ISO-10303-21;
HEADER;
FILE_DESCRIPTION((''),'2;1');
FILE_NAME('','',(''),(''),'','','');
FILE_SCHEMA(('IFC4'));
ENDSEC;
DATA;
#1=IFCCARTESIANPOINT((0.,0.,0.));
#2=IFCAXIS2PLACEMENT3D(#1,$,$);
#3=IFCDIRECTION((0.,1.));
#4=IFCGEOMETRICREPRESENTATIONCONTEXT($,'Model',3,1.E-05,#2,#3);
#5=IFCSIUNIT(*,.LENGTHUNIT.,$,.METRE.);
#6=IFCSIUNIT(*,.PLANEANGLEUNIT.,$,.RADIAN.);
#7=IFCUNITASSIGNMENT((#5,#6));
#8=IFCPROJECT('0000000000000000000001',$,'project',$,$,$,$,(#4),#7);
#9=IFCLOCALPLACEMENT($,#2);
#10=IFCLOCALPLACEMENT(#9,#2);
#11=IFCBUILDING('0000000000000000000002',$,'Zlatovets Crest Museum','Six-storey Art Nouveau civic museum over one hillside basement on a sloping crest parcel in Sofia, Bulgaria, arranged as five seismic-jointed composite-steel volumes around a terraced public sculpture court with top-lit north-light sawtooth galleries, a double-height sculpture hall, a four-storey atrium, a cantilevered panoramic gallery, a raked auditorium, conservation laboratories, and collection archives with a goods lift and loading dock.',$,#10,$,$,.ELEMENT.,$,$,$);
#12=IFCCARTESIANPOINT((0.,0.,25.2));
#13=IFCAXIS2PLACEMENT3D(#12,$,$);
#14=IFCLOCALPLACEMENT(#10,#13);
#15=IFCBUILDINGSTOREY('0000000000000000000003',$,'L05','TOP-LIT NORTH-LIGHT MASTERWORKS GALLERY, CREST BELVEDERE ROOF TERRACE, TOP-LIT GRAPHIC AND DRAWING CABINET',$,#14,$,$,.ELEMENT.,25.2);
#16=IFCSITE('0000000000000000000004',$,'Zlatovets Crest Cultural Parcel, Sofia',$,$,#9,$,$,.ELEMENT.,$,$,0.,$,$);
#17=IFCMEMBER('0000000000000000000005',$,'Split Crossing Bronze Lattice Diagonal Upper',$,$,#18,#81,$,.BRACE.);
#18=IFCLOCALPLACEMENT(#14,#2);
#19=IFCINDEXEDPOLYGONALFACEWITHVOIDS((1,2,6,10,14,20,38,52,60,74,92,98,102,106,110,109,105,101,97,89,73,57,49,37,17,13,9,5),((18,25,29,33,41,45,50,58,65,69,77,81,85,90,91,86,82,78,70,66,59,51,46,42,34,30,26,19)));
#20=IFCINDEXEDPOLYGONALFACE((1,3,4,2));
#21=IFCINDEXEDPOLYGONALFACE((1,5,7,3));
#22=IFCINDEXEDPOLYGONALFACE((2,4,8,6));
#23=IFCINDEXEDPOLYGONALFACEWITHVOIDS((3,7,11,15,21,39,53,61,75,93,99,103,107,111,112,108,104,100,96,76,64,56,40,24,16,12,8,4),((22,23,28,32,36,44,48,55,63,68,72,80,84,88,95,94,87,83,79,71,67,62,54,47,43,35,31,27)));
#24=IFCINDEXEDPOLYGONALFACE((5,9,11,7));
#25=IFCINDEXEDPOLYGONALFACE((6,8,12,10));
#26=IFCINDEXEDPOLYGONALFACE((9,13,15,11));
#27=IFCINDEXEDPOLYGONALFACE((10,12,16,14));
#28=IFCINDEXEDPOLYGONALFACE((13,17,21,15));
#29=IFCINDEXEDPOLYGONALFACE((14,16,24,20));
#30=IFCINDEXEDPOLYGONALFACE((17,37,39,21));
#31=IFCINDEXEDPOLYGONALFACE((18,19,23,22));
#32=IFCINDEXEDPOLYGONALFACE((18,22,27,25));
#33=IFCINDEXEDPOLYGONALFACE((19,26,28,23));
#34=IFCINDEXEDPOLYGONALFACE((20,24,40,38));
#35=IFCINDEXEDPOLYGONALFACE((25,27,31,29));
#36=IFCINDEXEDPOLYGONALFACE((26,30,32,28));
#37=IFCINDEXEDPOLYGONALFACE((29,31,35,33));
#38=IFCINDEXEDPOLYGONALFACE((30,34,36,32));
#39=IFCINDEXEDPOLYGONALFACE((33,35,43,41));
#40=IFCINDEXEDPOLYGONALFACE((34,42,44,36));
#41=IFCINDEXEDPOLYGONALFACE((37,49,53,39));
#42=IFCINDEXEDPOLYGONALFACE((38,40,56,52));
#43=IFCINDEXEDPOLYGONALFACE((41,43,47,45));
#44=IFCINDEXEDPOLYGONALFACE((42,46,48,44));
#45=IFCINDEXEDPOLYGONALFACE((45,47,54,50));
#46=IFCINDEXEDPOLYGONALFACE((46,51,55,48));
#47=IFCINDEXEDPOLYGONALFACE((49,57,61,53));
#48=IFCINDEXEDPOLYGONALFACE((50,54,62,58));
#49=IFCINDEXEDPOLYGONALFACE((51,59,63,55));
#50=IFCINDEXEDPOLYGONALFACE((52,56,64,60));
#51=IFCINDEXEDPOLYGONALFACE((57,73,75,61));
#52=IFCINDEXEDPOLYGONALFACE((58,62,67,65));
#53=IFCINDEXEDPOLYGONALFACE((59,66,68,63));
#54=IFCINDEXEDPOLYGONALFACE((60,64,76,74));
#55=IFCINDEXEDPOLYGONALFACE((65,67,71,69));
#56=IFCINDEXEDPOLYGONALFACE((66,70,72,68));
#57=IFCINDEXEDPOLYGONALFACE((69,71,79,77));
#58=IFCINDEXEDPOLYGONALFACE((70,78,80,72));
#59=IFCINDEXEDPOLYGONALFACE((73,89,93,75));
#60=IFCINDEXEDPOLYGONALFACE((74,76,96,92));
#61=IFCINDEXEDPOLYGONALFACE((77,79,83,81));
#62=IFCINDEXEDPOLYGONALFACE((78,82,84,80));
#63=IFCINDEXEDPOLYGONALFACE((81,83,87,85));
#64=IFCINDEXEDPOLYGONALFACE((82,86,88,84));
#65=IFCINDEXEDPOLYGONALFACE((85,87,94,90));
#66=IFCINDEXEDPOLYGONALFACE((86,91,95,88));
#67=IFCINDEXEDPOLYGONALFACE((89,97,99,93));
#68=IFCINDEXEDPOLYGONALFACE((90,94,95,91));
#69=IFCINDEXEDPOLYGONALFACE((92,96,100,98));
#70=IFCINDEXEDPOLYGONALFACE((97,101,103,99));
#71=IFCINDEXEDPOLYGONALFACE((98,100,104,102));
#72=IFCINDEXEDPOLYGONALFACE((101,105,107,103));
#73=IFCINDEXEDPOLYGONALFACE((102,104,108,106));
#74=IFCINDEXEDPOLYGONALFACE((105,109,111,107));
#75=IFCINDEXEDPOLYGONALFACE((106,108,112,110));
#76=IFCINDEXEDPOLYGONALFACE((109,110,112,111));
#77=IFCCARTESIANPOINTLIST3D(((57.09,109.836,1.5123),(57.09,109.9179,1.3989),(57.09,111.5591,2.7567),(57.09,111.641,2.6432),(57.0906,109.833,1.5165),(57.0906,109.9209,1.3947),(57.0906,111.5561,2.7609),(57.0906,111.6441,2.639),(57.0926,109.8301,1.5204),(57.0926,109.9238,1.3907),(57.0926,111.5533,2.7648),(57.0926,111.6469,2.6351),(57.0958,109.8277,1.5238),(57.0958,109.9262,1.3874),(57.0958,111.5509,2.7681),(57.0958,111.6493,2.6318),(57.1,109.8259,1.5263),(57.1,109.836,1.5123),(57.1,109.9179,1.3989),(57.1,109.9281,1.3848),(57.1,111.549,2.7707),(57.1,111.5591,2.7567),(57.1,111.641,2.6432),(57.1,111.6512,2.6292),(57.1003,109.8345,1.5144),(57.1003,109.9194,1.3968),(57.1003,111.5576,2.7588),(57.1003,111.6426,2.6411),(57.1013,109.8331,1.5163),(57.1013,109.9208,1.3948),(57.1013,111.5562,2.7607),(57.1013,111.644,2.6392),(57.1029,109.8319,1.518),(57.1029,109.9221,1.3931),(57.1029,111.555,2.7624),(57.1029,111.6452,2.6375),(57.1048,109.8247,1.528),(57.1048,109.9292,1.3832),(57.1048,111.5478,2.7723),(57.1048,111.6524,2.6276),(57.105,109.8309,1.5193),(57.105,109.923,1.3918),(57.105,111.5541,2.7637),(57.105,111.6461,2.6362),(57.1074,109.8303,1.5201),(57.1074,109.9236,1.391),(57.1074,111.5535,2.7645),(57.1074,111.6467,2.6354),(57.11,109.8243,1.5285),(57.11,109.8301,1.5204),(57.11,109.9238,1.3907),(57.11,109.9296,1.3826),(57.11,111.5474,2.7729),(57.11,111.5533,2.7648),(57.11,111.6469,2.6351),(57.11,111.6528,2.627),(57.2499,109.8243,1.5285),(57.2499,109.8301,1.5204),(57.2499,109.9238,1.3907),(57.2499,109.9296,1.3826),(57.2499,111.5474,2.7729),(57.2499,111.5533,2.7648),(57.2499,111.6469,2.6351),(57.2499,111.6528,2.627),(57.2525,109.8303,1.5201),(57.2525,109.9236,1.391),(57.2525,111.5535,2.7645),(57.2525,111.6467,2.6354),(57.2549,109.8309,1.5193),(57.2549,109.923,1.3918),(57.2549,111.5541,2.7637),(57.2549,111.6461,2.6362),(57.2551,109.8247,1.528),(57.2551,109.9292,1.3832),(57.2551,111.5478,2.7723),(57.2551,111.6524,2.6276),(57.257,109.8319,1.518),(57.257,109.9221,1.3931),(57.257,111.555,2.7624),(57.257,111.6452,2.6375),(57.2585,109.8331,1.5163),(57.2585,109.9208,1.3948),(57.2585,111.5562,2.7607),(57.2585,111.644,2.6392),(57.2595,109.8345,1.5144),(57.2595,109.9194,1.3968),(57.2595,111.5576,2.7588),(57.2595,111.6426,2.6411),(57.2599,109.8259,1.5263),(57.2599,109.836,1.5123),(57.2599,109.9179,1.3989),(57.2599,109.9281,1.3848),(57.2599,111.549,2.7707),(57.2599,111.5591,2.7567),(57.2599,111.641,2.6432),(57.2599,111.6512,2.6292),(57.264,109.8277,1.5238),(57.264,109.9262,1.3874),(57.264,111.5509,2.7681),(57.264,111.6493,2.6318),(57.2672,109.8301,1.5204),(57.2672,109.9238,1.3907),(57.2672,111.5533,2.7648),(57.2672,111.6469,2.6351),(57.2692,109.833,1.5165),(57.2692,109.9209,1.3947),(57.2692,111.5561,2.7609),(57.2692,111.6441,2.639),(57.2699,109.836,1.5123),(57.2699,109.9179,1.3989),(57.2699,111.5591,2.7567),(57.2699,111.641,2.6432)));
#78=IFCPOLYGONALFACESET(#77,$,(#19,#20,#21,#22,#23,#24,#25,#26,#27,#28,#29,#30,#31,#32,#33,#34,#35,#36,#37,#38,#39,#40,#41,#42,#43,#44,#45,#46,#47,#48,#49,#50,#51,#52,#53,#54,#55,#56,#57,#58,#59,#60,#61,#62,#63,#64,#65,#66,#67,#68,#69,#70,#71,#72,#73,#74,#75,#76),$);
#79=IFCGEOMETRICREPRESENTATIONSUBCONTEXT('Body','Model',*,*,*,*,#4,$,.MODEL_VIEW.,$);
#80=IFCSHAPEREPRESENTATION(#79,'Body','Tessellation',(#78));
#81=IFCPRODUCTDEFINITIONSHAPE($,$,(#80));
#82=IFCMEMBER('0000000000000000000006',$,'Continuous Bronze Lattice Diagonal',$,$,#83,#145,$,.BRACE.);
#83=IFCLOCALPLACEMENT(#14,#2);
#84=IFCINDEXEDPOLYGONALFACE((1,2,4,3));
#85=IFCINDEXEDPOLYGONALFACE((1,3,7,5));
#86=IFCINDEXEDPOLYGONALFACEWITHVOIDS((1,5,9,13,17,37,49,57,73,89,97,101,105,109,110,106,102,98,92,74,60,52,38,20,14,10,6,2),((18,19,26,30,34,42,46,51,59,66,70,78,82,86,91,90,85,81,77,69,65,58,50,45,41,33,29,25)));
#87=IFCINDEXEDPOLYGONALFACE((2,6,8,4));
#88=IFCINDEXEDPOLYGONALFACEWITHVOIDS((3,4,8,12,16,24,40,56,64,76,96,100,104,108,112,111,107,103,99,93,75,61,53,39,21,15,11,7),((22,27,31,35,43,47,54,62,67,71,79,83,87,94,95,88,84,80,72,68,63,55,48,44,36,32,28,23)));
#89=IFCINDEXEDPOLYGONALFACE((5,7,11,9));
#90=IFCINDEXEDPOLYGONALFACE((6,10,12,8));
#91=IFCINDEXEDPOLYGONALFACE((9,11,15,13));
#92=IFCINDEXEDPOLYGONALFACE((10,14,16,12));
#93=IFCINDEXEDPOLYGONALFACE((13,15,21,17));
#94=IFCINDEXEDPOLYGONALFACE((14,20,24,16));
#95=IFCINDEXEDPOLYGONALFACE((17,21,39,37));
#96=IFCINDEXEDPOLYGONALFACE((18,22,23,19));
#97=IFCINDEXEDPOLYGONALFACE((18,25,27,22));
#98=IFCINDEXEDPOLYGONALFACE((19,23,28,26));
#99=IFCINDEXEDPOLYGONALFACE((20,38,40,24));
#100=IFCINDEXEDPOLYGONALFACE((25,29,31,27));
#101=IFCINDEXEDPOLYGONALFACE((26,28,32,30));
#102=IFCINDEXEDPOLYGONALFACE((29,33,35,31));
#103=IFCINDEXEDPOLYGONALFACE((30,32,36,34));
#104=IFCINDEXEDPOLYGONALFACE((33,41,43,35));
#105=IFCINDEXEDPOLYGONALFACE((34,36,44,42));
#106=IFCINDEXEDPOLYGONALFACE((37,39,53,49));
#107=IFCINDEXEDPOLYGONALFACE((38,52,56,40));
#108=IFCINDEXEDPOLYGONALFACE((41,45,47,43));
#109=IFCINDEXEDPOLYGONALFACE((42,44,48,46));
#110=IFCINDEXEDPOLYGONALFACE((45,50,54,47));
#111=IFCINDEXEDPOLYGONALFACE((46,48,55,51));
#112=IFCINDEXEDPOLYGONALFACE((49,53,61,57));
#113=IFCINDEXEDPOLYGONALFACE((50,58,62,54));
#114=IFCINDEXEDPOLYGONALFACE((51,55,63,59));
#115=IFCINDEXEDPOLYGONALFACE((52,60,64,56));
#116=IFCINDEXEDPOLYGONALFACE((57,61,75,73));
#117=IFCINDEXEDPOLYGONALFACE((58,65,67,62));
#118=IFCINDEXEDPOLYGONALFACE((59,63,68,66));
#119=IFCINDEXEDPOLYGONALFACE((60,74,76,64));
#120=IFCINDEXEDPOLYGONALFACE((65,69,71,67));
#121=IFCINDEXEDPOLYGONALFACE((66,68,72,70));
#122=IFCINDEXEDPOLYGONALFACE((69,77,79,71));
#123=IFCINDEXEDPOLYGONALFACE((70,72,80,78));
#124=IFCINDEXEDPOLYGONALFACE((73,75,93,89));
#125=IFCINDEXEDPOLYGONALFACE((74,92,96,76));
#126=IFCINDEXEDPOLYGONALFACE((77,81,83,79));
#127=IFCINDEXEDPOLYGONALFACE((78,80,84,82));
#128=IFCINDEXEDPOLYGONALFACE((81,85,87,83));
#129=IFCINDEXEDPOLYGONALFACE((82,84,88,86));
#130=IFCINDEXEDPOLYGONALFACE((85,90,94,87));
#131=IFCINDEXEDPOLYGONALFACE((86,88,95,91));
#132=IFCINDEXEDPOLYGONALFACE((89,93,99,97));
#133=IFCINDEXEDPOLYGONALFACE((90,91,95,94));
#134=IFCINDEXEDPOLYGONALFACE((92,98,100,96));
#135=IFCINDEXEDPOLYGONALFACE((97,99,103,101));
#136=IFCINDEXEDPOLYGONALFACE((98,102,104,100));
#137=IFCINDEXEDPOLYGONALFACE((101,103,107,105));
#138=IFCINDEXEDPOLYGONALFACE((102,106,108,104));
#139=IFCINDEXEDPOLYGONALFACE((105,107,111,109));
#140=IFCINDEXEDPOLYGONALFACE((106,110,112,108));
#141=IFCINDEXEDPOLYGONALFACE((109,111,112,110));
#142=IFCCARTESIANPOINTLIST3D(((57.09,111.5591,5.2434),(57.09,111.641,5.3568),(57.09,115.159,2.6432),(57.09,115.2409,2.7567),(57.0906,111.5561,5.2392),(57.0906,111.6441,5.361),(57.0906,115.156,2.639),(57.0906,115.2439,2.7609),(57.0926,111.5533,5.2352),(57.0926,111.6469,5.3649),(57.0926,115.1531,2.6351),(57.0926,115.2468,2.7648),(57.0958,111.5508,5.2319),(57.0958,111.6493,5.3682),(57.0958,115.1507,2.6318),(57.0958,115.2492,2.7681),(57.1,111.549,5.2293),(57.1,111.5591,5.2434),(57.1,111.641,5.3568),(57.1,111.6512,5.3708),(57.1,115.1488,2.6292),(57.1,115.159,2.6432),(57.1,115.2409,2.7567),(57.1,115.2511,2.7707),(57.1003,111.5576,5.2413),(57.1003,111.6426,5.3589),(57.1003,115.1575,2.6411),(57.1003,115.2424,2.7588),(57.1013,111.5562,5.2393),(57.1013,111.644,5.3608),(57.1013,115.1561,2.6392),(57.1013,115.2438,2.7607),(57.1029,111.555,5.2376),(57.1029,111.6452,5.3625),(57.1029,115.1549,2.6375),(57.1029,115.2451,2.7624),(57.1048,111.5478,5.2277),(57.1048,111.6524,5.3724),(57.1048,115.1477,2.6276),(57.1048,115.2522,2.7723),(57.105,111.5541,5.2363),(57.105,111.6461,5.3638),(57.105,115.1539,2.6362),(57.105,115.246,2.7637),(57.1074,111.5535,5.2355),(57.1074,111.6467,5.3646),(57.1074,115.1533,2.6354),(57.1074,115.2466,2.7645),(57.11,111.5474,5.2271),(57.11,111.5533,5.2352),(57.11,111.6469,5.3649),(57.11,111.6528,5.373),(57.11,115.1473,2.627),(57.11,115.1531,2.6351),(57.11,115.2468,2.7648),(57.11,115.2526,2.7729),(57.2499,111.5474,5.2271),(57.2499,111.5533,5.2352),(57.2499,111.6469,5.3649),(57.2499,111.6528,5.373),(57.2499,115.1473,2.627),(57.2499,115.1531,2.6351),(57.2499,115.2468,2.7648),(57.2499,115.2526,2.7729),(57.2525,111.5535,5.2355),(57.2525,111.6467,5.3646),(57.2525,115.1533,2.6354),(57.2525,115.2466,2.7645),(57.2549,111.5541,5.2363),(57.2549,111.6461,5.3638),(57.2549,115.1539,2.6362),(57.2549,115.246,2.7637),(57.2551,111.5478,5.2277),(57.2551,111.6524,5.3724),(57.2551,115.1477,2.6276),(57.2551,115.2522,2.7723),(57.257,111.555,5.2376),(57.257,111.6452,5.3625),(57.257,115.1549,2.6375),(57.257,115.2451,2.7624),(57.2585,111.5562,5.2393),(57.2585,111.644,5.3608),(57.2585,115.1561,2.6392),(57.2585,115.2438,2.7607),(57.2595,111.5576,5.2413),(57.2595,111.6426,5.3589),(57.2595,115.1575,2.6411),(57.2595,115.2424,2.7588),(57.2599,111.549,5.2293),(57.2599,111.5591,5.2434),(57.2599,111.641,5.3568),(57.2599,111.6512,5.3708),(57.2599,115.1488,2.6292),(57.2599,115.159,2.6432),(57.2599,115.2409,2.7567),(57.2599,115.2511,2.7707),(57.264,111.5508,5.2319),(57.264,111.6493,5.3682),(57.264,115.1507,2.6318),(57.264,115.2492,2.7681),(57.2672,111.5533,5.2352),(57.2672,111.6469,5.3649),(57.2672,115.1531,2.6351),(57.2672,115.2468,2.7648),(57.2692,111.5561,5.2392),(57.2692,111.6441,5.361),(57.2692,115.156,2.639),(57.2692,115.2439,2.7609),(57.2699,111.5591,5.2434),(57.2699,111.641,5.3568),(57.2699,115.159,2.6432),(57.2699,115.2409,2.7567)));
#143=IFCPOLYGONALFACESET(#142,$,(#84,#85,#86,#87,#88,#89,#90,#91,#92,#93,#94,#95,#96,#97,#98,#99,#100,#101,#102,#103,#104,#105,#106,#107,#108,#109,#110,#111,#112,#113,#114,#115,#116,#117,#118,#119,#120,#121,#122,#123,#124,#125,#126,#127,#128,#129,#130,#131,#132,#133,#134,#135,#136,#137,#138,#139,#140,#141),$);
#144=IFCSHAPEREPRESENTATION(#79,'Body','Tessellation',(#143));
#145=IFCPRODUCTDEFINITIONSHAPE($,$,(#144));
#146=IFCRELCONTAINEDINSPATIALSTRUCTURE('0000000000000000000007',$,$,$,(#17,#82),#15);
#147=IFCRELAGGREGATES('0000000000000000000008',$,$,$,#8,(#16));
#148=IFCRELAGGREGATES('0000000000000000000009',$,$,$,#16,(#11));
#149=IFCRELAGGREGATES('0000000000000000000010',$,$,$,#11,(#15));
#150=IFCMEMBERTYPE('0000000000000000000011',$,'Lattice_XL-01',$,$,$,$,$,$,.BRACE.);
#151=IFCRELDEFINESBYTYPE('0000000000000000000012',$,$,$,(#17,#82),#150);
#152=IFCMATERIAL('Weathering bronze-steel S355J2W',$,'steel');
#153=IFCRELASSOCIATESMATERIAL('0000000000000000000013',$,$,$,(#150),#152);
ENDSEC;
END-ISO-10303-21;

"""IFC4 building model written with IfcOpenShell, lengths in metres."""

from ifc_helpers import new_model, si_unit, direction, frame, origin, origin_2d, place, context, subcontext, project, spatial, hollow_rectangle, extrude, material, material_profile, profile_set, type_object, element, save


model = new_model("IFC4")

# Units and contexts
model_context = context("Model", 3, precision=1e-05, world=origin(), true_north=direction((0.0, 1.0)))
body_context = subcontext(model_context, "Body", "Model", "MODEL_VIEW")
ifc_project = project(units=[si_unit("LENGTHUNIT", "METRE"), si_unit("PLANEANGLEUNIT", "RADIAN")], contexts=[model_context])

# Site, building, storey
site_placement = place(None, origin())
site = spatial("IfcSite", under=ifc_project, at=site_placement, Name="Zlatovets Crest Cultural Parcel, Sofia", CompositionType="ELEMENT", RefElevation=0.0)
building_placement = place(site_placement, origin())
building = spatial("IfcBuilding", under=site, at=building_placement, Name="Zlatovets Crest Museum", Description="Six-storey Art Nouveau civic museum over one hillside basement on a sloping crest parcel in Sofia, Bulgaria, arranged as five seismic-jointed composite-steel volumes around a terraced public sculpture court with top-lit north-light sawtooth galleries, a double-height sculpture hall, a four-storey atrium, a cantilevered panoramic gallery, a raked auditorium, conservation laboratories, and collection archives with a goods lift and loading dock.", CompositionType="ELEMENT")
storey_placement = place(building_placement, frame((0.0, 0.0, 25.2)))
storey = spatial("IfcBuildingStorey", under=building, at=storey_placement, Name="L05", Description="TOP-LIT NORTH-LIGHT MASTERWORKS GALLERY, CREST BELVEDERE ROOF TERRACE, TOP-LIT GRAPHIC AND DRAWING CABINET", CompositionType="ELEMENT", Elevation=25.2)

# Members
ifc_material_1 = material(Name="Weathering bronze-steel S355J2W", Category="steel")
ifc_material_profile_1 = material_profile(ifc_material_1, hollow_rectangle(XDim=0.1799, YDim=0.1799, WallThickness=0.01, InnerFilletRadius=0.01, OuterFilletRadius=0.02, at=origin_2d()), Name="SHS 180x180x10.0")
ifc_profile_set_1 = profile_set([ifc_material_profile_1], Name="Weathering bronze-steel S355J2W")
member_type_1 = type_object("IfcMemberType", Name="Lattice_XL-01", PredefinedType="BRACE", material=ifc_profile_set_1)
member_1_placement = place(storey_placement, frame((57.1799, 111.6001, 2.7), z_axis=(0.0, -0.810703, -0.585457), x_axis=(1.0, 0.0, 0.0)))
element("IfcMember", 1, at=member_1_placement, inside=storey, type_object=member_type_1, Name="Split Crossing Bronze Lattice Diagonal Upper", PredefinedType="BRACE", context=body_context, shape_type="SweptSolid", body=[
    extrude(hollow_rectangle(XDim=0.1799, YDim=0.1799, WallThickness=0.01, InnerFilletRadius=0.01, OuterFilletRadius=0.02, at=origin_2d()), origin(), (0.0, 0.0, 1.0), 2.1255),
])
member_2_placement = place(storey_placement, frame((57.1799, 115.2, 2.7), z_axis=(0.0, -0.810657, 0.585521), x_axis=(1.0, 0.0, 0.0)))
element("IfcMember", 2, at=member_2_placement, inside=storey, type_object=member_type_1, Name="Continuous Bronze Lattice Diagonal", PredefinedType="BRACE", context=body_context, shape_type="SweptSolid", body=[
    extrude(hollow_rectangle(XDim=0.1799, YDim=0.1799, WallThickness=0.01, InnerFilletRadius=0.01, OuterFilletRadius=0.02, at=origin_2d()), origin(), (0.0, 0.0, 1.0), 4.4407),
])

save(model, "model.ifc")
